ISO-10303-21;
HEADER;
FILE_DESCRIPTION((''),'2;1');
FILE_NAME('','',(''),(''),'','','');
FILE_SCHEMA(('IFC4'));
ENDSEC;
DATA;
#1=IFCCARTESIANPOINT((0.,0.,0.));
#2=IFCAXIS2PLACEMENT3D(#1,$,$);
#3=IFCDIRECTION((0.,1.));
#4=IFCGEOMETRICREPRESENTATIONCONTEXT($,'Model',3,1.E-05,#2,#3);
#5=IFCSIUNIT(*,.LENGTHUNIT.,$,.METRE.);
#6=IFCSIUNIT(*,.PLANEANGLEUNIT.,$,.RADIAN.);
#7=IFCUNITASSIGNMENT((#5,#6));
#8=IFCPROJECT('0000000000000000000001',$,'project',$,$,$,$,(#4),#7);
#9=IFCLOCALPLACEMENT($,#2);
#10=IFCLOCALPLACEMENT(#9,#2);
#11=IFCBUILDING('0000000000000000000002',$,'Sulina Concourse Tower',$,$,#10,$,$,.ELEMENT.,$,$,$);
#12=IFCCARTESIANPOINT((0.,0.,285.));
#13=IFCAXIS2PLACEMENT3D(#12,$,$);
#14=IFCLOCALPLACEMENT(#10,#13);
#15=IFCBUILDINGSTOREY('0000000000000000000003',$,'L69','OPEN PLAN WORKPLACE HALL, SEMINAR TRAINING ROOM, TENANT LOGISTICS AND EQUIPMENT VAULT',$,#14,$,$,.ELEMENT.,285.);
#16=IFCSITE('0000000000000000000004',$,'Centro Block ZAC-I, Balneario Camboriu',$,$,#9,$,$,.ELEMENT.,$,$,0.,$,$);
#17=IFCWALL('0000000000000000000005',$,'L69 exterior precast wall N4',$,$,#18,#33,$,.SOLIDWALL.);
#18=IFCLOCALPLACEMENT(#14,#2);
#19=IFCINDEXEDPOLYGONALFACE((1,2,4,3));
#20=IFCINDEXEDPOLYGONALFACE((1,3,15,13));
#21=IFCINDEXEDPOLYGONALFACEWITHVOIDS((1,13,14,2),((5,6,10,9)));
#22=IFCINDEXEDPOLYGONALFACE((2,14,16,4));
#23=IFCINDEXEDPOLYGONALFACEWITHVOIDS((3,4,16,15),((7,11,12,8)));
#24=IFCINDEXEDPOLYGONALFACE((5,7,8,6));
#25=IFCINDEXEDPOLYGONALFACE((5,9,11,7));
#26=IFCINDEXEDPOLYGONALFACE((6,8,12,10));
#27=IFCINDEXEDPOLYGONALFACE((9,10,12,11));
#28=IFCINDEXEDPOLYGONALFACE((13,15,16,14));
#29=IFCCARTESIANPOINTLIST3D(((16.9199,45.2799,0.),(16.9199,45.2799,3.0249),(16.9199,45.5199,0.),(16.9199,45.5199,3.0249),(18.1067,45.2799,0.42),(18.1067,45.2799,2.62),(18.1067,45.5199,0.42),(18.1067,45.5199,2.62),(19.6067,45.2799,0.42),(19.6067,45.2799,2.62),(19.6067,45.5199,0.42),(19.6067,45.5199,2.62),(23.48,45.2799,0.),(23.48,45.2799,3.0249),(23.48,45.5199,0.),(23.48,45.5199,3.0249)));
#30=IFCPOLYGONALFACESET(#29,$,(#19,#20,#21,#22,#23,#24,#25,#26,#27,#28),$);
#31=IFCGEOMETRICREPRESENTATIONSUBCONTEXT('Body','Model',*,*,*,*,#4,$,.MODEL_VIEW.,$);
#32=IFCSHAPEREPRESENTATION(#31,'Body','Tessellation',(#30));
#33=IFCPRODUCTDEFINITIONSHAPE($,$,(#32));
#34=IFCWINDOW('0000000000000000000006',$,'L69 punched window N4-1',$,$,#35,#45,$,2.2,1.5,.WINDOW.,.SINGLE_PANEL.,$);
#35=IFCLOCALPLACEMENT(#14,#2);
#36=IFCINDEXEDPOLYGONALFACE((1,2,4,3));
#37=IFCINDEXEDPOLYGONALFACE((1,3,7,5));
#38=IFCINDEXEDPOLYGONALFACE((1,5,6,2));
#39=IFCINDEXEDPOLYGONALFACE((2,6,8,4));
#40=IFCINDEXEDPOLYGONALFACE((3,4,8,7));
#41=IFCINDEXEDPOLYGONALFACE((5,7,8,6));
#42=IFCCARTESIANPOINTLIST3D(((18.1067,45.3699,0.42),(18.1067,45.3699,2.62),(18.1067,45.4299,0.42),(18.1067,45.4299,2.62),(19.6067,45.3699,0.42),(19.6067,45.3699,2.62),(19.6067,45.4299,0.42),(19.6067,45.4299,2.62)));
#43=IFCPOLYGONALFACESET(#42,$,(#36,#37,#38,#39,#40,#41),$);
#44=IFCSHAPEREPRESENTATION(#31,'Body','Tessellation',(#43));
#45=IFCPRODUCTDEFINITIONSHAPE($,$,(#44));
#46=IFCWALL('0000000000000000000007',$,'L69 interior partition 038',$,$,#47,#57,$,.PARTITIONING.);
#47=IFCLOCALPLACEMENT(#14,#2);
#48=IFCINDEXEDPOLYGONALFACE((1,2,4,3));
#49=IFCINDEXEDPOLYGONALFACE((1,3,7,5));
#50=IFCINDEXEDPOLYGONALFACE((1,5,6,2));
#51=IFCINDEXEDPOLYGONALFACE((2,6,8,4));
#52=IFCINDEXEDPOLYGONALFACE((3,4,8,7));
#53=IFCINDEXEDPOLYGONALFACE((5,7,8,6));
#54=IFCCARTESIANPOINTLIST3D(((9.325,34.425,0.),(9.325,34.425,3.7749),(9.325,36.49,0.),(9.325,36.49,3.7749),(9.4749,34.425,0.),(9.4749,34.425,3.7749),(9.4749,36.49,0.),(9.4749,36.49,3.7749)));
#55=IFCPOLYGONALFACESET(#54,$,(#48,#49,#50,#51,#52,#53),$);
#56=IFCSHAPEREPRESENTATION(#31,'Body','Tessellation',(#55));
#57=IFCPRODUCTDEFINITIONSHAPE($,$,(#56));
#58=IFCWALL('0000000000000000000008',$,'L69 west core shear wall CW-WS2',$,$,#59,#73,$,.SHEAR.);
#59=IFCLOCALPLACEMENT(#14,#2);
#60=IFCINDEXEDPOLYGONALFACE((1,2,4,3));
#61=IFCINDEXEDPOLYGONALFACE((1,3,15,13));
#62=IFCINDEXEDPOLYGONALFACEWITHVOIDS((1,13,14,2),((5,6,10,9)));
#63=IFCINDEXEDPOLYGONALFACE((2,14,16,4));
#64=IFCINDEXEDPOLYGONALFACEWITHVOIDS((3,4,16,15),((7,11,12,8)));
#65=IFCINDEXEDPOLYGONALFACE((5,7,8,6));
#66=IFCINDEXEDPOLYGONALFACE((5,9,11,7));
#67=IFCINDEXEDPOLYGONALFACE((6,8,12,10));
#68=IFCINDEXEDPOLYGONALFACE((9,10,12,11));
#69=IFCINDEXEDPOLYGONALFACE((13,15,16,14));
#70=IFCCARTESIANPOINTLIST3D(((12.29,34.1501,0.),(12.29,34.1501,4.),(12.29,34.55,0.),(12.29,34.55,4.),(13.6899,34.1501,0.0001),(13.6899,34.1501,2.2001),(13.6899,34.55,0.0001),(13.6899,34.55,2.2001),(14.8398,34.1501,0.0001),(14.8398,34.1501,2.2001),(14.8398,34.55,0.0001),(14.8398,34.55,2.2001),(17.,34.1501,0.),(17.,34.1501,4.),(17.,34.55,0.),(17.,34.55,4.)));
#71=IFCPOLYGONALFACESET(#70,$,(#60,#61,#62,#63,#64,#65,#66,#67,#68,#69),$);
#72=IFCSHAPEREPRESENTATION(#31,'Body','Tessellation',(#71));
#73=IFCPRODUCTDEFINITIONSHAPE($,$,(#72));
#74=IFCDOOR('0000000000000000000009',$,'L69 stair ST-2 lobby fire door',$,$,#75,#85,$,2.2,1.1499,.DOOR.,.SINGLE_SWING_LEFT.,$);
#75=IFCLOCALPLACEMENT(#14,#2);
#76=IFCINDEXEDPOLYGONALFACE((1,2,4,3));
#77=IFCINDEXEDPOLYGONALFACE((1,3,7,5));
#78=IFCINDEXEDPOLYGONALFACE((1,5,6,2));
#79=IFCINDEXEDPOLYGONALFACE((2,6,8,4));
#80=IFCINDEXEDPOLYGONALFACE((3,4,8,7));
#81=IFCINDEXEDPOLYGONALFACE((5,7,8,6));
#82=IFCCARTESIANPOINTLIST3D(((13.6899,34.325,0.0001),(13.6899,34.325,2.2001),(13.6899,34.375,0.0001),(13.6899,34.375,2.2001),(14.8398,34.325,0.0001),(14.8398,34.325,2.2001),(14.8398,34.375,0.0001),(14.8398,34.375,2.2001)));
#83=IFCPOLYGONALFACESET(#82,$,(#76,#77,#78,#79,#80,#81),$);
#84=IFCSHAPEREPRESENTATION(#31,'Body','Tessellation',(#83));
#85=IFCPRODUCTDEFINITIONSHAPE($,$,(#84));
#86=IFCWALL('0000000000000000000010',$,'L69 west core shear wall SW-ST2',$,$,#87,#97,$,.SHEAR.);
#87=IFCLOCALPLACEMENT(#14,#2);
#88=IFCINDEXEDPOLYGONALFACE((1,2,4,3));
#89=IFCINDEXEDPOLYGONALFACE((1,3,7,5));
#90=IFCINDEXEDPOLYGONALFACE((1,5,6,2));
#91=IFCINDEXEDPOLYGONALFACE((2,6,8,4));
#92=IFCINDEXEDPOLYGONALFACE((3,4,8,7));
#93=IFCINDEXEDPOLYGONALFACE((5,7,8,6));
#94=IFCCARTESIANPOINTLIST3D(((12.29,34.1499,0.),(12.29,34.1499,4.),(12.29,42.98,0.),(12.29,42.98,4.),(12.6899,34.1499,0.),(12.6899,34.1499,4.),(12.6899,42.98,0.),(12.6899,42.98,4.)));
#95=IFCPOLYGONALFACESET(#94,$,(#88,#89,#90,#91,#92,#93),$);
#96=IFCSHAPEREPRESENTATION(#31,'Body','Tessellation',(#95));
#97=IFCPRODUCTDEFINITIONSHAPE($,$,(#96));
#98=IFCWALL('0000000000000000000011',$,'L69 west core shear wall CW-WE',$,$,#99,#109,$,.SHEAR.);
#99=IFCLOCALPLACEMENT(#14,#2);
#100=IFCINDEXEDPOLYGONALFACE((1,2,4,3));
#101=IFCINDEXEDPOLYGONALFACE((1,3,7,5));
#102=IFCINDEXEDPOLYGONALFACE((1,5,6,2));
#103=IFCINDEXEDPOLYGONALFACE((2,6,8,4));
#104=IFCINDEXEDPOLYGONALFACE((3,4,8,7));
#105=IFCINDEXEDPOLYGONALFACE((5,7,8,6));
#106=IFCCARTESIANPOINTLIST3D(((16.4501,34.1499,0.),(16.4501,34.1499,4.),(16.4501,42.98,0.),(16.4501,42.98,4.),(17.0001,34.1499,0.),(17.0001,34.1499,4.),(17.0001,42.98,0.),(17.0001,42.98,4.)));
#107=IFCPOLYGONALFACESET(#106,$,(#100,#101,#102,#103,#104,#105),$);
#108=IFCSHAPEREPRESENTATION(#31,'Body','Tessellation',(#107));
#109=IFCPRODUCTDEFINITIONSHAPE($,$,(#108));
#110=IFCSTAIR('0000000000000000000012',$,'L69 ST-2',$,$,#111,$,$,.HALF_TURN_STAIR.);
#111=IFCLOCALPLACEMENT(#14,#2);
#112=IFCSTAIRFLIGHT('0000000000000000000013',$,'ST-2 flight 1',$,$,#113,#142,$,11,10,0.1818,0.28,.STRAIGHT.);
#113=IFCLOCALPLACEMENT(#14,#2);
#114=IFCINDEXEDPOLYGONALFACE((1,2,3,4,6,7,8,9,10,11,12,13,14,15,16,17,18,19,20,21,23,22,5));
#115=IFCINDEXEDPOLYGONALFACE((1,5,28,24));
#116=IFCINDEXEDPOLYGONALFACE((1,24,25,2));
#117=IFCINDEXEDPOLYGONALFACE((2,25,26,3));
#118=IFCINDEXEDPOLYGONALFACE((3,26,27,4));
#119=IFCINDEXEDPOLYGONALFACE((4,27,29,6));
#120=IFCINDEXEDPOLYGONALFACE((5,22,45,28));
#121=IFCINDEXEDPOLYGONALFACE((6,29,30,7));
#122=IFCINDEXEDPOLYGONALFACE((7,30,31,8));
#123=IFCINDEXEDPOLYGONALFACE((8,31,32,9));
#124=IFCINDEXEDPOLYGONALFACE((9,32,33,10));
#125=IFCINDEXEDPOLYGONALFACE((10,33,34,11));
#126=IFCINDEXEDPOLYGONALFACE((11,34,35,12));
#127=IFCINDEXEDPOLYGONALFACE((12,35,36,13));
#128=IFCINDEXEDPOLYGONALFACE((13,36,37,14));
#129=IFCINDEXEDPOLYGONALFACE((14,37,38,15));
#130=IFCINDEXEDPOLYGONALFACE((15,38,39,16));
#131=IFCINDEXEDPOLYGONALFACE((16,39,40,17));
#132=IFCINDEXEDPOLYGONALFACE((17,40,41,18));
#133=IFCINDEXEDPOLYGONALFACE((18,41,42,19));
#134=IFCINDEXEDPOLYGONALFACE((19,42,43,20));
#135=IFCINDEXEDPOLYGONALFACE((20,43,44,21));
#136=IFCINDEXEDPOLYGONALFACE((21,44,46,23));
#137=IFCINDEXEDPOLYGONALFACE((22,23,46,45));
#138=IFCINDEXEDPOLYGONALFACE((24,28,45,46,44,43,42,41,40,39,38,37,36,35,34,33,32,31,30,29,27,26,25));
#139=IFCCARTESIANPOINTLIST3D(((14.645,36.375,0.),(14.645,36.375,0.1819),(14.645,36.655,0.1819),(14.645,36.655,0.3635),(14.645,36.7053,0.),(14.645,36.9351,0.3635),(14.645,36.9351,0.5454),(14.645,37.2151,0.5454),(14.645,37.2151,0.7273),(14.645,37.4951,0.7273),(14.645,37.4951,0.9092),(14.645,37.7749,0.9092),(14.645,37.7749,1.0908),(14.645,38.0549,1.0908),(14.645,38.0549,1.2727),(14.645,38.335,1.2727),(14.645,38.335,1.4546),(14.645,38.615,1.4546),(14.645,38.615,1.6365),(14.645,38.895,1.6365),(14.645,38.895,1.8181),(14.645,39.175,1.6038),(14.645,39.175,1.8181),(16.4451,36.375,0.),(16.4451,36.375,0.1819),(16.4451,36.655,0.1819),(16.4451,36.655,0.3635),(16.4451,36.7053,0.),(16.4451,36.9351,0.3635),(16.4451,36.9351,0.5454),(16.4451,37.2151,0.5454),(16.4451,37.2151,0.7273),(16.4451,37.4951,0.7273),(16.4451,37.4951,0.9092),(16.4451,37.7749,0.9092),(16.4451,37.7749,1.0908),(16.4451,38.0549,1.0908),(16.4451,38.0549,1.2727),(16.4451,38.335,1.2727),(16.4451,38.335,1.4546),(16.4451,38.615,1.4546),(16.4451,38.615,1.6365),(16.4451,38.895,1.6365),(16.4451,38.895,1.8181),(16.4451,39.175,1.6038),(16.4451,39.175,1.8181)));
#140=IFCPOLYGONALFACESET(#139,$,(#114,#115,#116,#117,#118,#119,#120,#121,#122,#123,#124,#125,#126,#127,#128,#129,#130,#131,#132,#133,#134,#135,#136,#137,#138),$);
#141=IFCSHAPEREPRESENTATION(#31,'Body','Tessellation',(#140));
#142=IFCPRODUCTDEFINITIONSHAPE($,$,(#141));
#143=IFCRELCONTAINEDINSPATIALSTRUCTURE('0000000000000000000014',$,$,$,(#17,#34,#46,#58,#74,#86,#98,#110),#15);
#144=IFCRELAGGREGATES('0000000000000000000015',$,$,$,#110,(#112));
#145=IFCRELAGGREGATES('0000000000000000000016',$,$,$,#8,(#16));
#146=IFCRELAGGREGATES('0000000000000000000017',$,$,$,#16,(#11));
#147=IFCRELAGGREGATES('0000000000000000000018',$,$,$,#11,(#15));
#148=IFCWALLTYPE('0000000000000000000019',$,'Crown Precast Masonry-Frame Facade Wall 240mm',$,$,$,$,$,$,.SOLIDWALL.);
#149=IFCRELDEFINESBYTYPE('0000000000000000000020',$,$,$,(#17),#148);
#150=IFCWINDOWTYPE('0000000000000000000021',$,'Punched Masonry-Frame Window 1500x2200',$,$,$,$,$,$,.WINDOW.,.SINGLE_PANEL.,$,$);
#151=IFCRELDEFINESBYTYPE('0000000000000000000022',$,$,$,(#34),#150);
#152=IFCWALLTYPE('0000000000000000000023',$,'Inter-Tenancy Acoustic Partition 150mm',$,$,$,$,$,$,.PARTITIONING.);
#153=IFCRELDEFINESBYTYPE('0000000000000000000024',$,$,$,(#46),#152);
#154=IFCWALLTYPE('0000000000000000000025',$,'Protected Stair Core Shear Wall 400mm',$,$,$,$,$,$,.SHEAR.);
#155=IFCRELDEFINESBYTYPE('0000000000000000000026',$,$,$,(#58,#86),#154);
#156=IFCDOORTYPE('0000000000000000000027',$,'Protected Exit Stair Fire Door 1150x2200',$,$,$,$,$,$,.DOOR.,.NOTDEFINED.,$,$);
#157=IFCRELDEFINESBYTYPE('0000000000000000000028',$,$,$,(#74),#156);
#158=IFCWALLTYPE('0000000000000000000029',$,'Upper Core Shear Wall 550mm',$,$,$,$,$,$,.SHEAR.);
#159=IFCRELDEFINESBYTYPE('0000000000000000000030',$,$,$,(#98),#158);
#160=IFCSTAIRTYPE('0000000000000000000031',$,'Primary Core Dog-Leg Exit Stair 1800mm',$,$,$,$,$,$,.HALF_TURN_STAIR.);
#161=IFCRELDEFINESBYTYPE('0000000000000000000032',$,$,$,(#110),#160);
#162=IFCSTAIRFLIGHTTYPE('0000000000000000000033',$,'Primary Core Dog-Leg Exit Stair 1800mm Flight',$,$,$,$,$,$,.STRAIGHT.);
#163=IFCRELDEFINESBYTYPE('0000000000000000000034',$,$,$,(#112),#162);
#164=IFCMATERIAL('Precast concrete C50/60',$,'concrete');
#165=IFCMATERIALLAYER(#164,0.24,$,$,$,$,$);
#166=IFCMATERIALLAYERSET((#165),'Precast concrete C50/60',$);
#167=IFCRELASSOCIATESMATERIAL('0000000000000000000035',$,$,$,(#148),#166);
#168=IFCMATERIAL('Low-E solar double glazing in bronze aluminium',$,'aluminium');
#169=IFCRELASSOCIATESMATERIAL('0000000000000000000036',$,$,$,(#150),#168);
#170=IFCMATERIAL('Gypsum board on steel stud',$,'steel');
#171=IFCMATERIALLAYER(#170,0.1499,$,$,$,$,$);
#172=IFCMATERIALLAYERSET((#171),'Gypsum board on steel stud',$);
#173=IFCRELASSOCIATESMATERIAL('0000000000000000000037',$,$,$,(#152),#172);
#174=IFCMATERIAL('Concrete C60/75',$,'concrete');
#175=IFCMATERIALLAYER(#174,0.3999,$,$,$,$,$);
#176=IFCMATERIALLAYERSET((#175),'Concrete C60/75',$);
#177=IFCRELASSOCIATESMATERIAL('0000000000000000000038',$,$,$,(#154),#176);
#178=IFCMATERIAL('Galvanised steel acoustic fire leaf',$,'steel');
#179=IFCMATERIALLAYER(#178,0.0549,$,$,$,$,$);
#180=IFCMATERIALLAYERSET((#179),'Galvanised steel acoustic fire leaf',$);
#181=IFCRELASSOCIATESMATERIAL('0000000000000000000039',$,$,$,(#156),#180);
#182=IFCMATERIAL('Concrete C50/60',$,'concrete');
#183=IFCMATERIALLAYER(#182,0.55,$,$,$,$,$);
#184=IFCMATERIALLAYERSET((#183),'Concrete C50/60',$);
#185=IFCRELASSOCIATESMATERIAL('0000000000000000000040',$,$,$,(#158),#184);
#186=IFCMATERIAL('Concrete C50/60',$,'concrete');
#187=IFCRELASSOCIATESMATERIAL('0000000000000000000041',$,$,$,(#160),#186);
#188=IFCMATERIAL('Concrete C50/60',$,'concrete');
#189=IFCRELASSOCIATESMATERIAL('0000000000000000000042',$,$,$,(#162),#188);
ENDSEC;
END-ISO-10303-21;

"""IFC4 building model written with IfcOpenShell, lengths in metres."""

from ifc_helpers import new_model, si_unit, direction, frame, frame_2d, origin, place, context, subcontext, project, spatial, polyline, rectangle, outline, extrude, material, layer, layer_set, type_object, element, fill, aggregate, save


model = new_model("IFC4")

# Units and contexts
model_context = context("Model", 3, precision=1e-05, world=origin(), true_north=direction((0.0, 1.0)))
body_context = subcontext(model_context, "Body", "Model", "MODEL_VIEW")
ifc_project = project(units=[si_unit("LENGTHUNIT", "METRE"), si_unit("PLANEANGLEUNIT", "RADIAN")], contexts=[model_context])

# Site, building, storey
site_placement = place(None, origin())
site = spatial("IfcSite", under=ifc_project, at=site_placement, Name="Centro Block ZAC-I, Balneario Camboriu", CompositionType="ELEMENT", RefElevation=0.0)
building_placement = place(site_placement, origin())
building = spatial("IfcBuilding", under=site, at=building_placement, Name="Sulina Concourse Tower", CompositionType="ELEMENT")
storey_placement = place(building_placement, frame((0.0, 0.0, 285.0)))
storey = spatial("IfcBuildingStorey", under=building, at=storey_placement, Name="L69", Description="OPEN PLAN WORKPLACE HALL, SEMINAR TRAINING ROOM, TENANT LOGISTICS AND EQUIPMENT VAULT", CompositionType="ELEMENT", Elevation=285.0)

# Shared definitions
ifc_material_1 = material(Name="Precast concrete C50/60", Category="concrete")
ifc_layer_1 = layer(ifc_material_1, 0.24)
ifc_layer_set_1 = layer_set([ifc_layer_1], Name="Precast concrete C50/60")
wall_type_1 = type_object("IfcWallType", Name="Crown Precast Masonry-Frame Facade Wall 240mm", PredefinedType="SOLIDWALL", material=ifc_layer_set_1)

# Wall, opening, window
wall_1_placement = place(storey_placement, frame((16.9199, 45.3999, 0.0), z_axis=(0.0, 0.0, 1.0), x_axis=(1.0, 0.0, 0.0)))
wall_1 = element("IfcWall", 1, at=wall_1_placement, inside=storey, type_object=wall_type_1, Name="L69 exterior precast wall N4", PredefinedType="SOLIDWALL", context=body_context, shape_type="SweptSolid", body=[
    extrude(rectangle(XDim=6.5601, YDim=0.24, at=frame_2d((3.28, 0.0))), origin(), (0.0, 0.0, 1.0), 3.0249),
])
opening_1_placement = place(wall_1_placement, frame((1.1868, 0.0, 0.4199)))
opening_1 = element("IfcOpeningElement", 2, at=opening_1_placement, cuts=wall_1, PredefinedType="OPENING", context=body_context, shape_type="SweptSolid", body=[
    extrude(rectangle(XDim=1.5, YDim=2.2, at=frame_2d((0.75, 1.1001))), frame((0.0, 0.1299, 0.0), z_axis=(0.0, -1.0, 0.0), x_axis=(1.0, 0.0, 0.0)), (0.0, 0.0, 1.0), 0.26),
])
ifc_material_2 = material(Name="Low-E solar double glazing in bronze aluminium", Category="aluminium")
window_type = type_object("IfcWindowType", Name="Punched Masonry-Frame Window 1500x2200", PartitioningType="SINGLE_PANEL", PredefinedType="WINDOW", material=ifc_material_2)
window_placement = place(opening_1_placement, origin())
window = element("IfcWindow", 3, at=window_placement, inside=storey, type_object=window_type, Name="L69 punched window N4-1", OverallHeight=2.2, OverallWidth=1.5, PartitioningType="SINGLE_PANEL", PredefinedType="WINDOW", context=body_context, shape_type="SweptSolid", body=[
    extrude(rectangle(XDim=1.5, YDim=2.2, at=frame_2d((0.75, 1.1001))), frame((0.0, 0.03, 0.0), z_axis=(0.0, -1.0, 0.0), x_axis=(1.0, 0.0, 0.0)), (0.0, 0.0, 1.0), 0.0601),
])
fill(opening_1, window)

# Wall
ifc_material_3 = material(Name="Gypsum board on steel stud", Category="steel")
ifc_layer_2 = layer(ifc_material_3, 0.1499)
ifc_layer_set_2 = layer_set([ifc_layer_2], Name="Gypsum board on steel stud")
wall_type_2 = type_object("IfcWallType", Name="Inter-Tenancy Acoustic Partition 150mm", PredefinedType="PARTITIONING", material=ifc_layer_set_2)
wall_2_placement = place(storey_placement, frame((9.3999, 34.425, 0.0), z_axis=(0.0, 0.0, 1.0), x_axis=(0.0, 1.0, 0.0)))
element("IfcWall", 4, at=wall_2_placement, inside=storey, type_object=wall_type_2, Name="L69 interior partition 038", PredefinedType="PARTITIONING", context=body_context, shape_type="SweptSolid", body=[
    extrude(rectangle(XDim=2.0649, YDim=0.1499, at=frame_2d((1.0325, 0.0))), origin(), (0.0, 0.0, 1.0), 3.7749),
])

# Wall, opening, door
ifc_material_4 = material(Name="Concrete C60/75", Category="concrete")
ifc_layer_3 = layer(ifc_material_4, 0.3999)
ifc_layer_set_3 = layer_set([ifc_layer_3], Name="Concrete C60/75")
wall_type_3 = type_object("IfcWallType", Name="Protected Stair Core Shear Wall 400mm", PredefinedType="SHEAR", material=ifc_layer_set_3)
wall_3_placement = place(storey_placement, frame((12.29, 34.3501, 0.0), z_axis=(0.0, 0.0, 1.0), x_axis=(1.0, 0.0, 0.0)))
wall_3 = element("IfcWall", 5, at=wall_3_placement, inside=storey, type_object=wall_type_3, Name="L69 west core shear wall CW-WS2", PredefinedType="SHEAR", context=body_context, shape_type="SweptSolid", body=[
    extrude(rectangle(XDim=4.71, YDim=0.3999, at=frame_2d((2.355, 0.0))), origin(), (0.0, 0.0, 1.0), 4.0),
])
opening_2_placement = place(wall_3_placement, frame((1.3999, 0.0, 0.0)))
opening_2 = element("IfcOpeningElement", 6, at=opening_2_placement, cuts=wall_3, PredefinedType="OPENING", context=body_context, shape_type="SweptSolid", body=[
    extrude(rectangle(XDim=1.1499, YDim=2.2, at=frame_2d((0.575, 1.1001))), frame((0.0, 0.21, 0.0), z_axis=(0.0, -1.0, 0.0), x_axis=(1.0, 0.0, 0.0)), (0.0, 0.0, 1.0), 0.4199),
])
ifc_material_5 = material(Name="Galvanised steel acoustic fire leaf", Category="steel")
ifc_layer_4 = layer(ifc_material_5, 0.0549)
ifc_layer_set_4 = layer_set([ifc_layer_4], Name="Galvanised steel acoustic fire leaf")
door_type_1 = type_object("IfcDoorType", Name="Protected Exit Stair Fire Door 1150x2200", OperationType="NOTDEFINED", PredefinedType="DOOR", material=ifc_layer_set_4)
door_1_placement = place(opening_2_placement, origin())
door_1 = element("IfcDoor", 7, at=door_1_placement, inside=storey, type_object=door_type_1, Name="L69 stair ST-2 lobby fire door", OperationType="SINGLE_SWING_LEFT", OverallHeight=2.2, OverallWidth=1.1499, PredefinedType="DOOR", context=body_context, shape_type="SweptSolid", body=[
    extrude(rectangle(XDim=1.1499, YDim=2.2, at=frame_2d((0.575, 1.1001))), frame((0.0, 0.0249, 0.0), z_axis=(0.0, -1.0, 0.0), x_axis=(1.0, 0.0, 0.0)), (0.0, 0.0, 1.0), 0.05),
])
fill(opening_2, door_1)

# Walls
wall_4_placement = place(storey_placement, frame((12.49, 34.1499, 0.0), z_axis=(0.0, 0.0, 1.0), x_axis=(0.0, 1.0, 0.0)))
element("IfcWall", 8, at=wall_4_placement, inside=storey, type_object=wall_type_3, Name="L69 west core shear wall SW-ST2", PredefinedType="SHEAR", context=body_context, shape_type="SweptSolid", body=[
    extrude(rectangle(XDim=8.8301, YDim=0.3999, at=frame_2d((4.415, 0.0))), origin(), (0.0, 0.0, 1.0), 4.0),
])
ifc_material_6 = material(Name="Concrete C50/60", Category="concrete")
ifc_layer_5 = layer(ifc_material_6, 0.55)
ifc_layer_set_5 = layer_set([ifc_layer_5], Name="Concrete C50/60")
wall_type_4 = type_object("IfcWallType", Name="Upper Core Shear Wall 550mm", PredefinedType="SHEAR", material=ifc_layer_set_5)
wall_5_placement = place(storey_placement, frame((16.7251, 34.1499, 0.0), z_axis=(0.0, 0.0, 1.0), x_axis=(0.0, 1.0, 0.0)))
element("IfcWall", 9, at=wall_5_placement, inside=storey, type_object=wall_type_4, Name="L69 west core shear wall CW-WE", PredefinedType="SHEAR", context=body_context, shape_type="SweptSolid", body=[
    extrude(rectangle(XDim=8.8301, YDim=0.55, at=frame_2d((4.415, 0.0))), origin(), (0.0, 0.0, 1.0), 4.0),
])

# Stair, stair flight
ifc_material_7 = material(Name="Concrete C50/60", Category="concrete")
stair_type = type_object("IfcStairType", Name="Primary Core Dog-Leg Exit Stair 1800mm", PredefinedType="HALF_TURN_STAIR", material=ifc_material_7)
stair_placement = place(storey_placement, origin())
stair = element("IfcStair", 10, at=stair_placement, inside=storey, type_object=stair_type, Name="L69 ST-2", PredefinedType="HALF_TURN_STAIR")
ifc_material_8 = material(Name="Concrete C50/60", Category="concrete")
stair_flight_type = type_object("IfcStairFlightType", Name="Primary Core Dog-Leg Exit Stair 1800mm Flight", PredefinedType="STRAIGHT", material=ifc_material_8)
stair_flight_1_placement = place(storey_placement, frame((15.5449, 36.375, 0.0), z_axis=(0.0, 0.0, 1.0), x_axis=(0.0, 1.0, 0.0)))
stair_flight_1 = element("IfcStairFlight", 11, at=stair_flight_1_placement, type_object=stair_flight_type, Name="ST-2 flight 1", NumberOfRisers=11, NumberOfTreads=10, PredefinedType="STRAIGHT", RiserHeight=0.1818, TreadLength=0.28, context=body_context, shape_type="SweptSolid", body=[
    extrude(outline(polyline([(0.0, 0.0), (0.0, 0.1819), (0.28, 0.1819), (0.28, 0.3635), (0.5601, 0.3635), (0.5601, 0.5454), (0.8401, 0.5454), (0.8401, 0.7273), (1.1201, 0.7273), (1.1201, 0.9092), (1.3999, 0.9092), (1.3999, 1.0908), (1.6799, 1.0908), (1.6799, 1.2727), (1.96, 1.2727), (1.96, 1.4546), (2.24, 1.4546), (2.24, 1.6365), (2.52, 1.6365), (2.52, 1.8181), (2.8, 1.8181), (2.8, 2.0), (2.8, 1.6038), (0.3303, 0.0), (0.0, 0.0)])), frame((0.0, 0.8999, 0.0), z_axis=(0.0, -1.0, 0.0), x_axis=(1.0, 0.0, 0.0)), (0.0, 0.0, 1.0), 1.8),
])
aggregate(stair, [stair_flight_1])

save(model, "model.ifc")
